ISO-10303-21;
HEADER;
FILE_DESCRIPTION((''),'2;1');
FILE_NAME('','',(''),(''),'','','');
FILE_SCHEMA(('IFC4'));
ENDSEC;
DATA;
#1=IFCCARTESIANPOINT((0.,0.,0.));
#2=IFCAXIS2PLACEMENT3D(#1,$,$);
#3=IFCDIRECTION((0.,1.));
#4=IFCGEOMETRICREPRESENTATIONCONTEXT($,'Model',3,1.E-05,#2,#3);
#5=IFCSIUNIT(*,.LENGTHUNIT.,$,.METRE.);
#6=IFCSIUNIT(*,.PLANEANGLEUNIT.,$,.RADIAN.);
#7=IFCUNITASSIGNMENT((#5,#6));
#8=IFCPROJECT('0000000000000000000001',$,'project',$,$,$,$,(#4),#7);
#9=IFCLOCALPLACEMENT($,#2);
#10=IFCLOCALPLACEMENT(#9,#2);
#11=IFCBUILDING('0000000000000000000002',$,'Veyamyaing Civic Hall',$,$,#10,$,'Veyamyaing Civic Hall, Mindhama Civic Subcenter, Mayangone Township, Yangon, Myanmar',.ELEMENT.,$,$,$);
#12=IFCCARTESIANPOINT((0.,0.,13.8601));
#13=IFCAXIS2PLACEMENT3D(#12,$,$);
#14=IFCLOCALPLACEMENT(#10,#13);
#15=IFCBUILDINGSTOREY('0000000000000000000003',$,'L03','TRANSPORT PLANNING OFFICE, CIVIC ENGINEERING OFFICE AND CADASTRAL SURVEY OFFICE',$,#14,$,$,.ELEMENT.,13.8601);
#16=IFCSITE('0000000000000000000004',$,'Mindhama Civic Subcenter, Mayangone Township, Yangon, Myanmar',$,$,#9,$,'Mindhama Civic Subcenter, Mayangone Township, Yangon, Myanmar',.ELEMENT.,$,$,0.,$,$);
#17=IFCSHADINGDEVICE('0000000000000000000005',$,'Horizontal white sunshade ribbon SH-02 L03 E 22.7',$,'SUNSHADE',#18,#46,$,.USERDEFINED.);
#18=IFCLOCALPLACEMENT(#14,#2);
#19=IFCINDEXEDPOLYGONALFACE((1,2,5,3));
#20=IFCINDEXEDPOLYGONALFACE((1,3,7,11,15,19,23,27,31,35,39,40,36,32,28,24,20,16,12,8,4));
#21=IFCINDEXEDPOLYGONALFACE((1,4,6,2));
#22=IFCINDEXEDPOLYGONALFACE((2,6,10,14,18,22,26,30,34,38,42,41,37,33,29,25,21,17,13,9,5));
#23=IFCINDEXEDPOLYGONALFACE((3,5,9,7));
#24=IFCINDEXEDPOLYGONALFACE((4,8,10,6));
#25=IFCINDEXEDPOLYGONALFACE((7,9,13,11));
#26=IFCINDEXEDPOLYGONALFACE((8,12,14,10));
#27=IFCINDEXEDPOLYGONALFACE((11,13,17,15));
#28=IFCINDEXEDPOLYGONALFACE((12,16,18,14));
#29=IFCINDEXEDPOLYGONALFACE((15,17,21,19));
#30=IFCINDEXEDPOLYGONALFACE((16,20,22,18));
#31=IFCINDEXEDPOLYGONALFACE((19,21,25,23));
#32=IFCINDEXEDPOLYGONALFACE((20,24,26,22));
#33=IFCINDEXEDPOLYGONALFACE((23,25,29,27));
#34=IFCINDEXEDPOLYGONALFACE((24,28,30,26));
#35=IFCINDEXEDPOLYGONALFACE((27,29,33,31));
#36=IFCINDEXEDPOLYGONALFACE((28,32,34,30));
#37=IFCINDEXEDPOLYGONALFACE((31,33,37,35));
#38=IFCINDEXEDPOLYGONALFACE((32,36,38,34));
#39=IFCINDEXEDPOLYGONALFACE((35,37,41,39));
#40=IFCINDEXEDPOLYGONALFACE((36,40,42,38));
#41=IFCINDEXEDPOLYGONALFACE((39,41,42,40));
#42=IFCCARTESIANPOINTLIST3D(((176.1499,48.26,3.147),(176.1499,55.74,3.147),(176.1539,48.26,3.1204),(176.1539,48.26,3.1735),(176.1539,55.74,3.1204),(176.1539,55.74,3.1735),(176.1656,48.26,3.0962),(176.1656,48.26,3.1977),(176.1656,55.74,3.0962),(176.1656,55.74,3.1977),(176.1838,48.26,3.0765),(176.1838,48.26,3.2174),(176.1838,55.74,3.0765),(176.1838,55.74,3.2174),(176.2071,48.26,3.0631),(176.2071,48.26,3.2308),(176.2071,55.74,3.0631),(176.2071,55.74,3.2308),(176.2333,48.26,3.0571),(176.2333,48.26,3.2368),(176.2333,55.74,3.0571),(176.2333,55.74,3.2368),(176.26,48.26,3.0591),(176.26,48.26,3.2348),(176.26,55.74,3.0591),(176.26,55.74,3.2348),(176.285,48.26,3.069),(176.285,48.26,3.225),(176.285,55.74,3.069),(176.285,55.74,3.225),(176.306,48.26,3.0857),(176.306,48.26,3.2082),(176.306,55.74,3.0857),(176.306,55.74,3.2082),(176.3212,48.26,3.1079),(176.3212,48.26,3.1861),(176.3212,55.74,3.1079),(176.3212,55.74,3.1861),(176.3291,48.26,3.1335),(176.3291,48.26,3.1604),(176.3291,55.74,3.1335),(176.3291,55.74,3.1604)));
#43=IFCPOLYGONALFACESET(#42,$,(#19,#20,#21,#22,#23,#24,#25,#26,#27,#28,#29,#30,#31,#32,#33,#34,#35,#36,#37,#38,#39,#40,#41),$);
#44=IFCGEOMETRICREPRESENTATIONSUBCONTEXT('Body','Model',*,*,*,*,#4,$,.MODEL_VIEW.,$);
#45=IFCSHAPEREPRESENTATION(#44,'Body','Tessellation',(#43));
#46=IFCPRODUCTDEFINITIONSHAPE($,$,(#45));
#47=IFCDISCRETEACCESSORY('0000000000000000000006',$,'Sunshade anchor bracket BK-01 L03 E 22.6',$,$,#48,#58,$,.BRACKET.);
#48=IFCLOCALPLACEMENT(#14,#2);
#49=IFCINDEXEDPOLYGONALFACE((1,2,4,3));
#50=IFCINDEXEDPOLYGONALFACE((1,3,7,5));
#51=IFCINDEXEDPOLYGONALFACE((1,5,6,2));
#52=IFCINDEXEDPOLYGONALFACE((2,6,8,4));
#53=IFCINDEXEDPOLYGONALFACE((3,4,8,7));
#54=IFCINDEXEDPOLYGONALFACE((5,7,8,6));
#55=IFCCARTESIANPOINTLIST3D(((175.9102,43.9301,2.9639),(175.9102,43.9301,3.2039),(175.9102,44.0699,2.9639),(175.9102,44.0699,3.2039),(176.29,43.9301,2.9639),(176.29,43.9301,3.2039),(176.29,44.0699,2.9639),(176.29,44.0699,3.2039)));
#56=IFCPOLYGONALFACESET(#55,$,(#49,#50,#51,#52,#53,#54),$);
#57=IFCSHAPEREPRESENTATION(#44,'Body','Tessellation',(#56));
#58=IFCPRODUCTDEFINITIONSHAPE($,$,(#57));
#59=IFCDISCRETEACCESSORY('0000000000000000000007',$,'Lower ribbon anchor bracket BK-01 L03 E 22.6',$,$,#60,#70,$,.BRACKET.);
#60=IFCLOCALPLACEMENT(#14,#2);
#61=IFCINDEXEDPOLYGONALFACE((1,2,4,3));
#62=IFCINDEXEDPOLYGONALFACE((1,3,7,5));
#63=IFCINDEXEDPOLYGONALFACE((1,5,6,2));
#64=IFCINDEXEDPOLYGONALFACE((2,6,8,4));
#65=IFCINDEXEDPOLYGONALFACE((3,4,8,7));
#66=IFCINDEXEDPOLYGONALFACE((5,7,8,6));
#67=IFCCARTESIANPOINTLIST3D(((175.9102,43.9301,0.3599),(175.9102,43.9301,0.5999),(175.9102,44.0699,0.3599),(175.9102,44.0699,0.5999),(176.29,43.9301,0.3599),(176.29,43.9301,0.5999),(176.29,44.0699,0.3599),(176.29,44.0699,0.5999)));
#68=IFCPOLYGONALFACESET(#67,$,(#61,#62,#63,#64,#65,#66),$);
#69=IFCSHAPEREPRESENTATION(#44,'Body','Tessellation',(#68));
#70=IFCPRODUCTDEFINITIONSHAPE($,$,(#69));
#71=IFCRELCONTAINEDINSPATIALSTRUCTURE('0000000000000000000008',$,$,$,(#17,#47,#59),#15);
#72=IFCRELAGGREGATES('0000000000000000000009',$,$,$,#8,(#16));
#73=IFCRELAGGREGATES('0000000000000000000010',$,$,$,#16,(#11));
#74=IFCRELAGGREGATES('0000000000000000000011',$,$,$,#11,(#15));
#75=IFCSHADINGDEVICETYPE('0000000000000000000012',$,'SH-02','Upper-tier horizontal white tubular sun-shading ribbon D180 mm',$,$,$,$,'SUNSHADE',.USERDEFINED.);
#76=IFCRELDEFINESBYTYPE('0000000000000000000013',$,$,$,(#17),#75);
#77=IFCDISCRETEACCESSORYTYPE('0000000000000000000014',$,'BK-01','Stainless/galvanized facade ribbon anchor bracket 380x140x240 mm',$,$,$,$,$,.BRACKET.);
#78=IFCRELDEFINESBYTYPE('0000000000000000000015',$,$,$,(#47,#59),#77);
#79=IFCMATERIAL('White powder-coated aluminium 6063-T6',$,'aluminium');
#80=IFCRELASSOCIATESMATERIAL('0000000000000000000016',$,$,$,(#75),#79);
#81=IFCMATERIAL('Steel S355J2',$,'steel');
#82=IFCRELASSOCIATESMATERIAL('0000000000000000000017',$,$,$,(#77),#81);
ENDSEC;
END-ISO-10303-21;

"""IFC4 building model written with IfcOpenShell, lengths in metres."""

from ifc_helpers import new_model, si_unit, direction, frame, origin, origin_2d, place, context, subcontext, project, spatial, rectangle, circle, extrude, material, material_profile, profile_set, type_object, element, save


model = new_model("IFC4")

# Units and contexts
model_context = context("Model", 3, precision=1e-05, world=origin(), true_north=direction((0.0, 1.0)))
body_context = subcontext(model_context, "Body", "Model", "MODEL_VIEW")
ifc_project = project(units=[si_unit("LENGTHUNIT", "METRE"), si_unit("PLANEANGLEUNIT", "RADIAN")], contexts=[model_context])

# Site, building, storey
site_placement = place(None, origin())
site = spatial("IfcSite", under=ifc_project, at=site_placement, Name="Mindhama Civic Subcenter, Mayangone Township, Yangon, Myanmar", LongName="Mindhama Civic Subcenter, Mayangone Township, Yangon, Myanmar", CompositionType="ELEMENT", RefElevation=0.0)
building_placement = place(site_placement, origin())
building = spatial("IfcBuilding", under=site, at=building_placement, Name="Veyamyaing Civic Hall", LongName="Veyamyaing Civic Hall, Mindhama Civic Subcenter, Mayangone Township, Yangon, Myanmar", CompositionType="ELEMENT")
storey_placement = place(building_placement, frame((0.0, 0.0, 13.8601)))
storey = spatial("IfcBuildingStorey", under=building, at=storey_placement, Name="L03", Description="TRANSPORT PLANNING OFFICE, CIVIC ENGINEERING OFFICE AND CADASTRAL SURVEY OFFICE", CompositionType="ELEMENT", Elevation=13.8601)

# Shared definitions
ifc_material_1 = material(Name="Steel S355J2", Category="steel")

# Shared definitions
ifc_material_2 = material(Name="White powder-coated aluminium 6063-T6", Category="aluminium")

# Shading device
ifc_material_profile_1 = material_profile(ifc_material_2, circle(Radius=0.0901, at=origin_2d()), Name="SHADE-TUBE-180")
ifc_profile_set_1 = profile_set([ifc_material_profile_1], Name="White powder-coated aluminium 6063-T6")
shading_device_type_1 = type_object("IfcShadingDeviceType", Name="SH-02", Description="Upper-tier horizontal white tubular sun-shading ribbon D180 mm", ElementType="SUNSHADE", PredefinedType="USERDEFINED", material=ifc_profile_set_1)
for number, where, z_axis, x_axis, name in (
    (1, (176.24, 48.26, 3.147), (0.0, 1.0, 0.0), (-1.0, 0.0, 0.0), "Horizontal white sunshade ribbon SH-02 L03 E 22.7"),
):
    element("IfcShadingDevice", number, at=place(storey_placement, frame(where, z_axis=z_axis, x_axis=x_axis)), inside=storey, type_object=shading_device_type_1, Name=name, ObjectType="SUNSHADE", PredefinedType="USERDEFINED", context=body_context, shape_type="SweptSolid", body=[
        extrude(circle(Radius=0.0901, at=origin_2d()), origin(), (0.0, 0.0, 1.0), 7.48),
    ])

# Discrete accessories
discrete_accessory_type = type_object("IfcDiscreteAccessoryType", Name="BK-01", Description="Stainless/galvanized facade ribbon anchor bracket 380x140x240 mm", PredefinedType="BRACKET", material=ifc_material_1)
for number, where, z_axis, x_axis, name in (
    (2, (176.1001, 44.0, 2.9639), (0.0, 0.0, 1.0), (1.0, 0.0, 0.0), "Sunshade anchor bracket BK-01 L03 E 22.6"),
    (3, (176.1001, 44.0, 0.3599), (0.0, 0.0, 1.0), (1.0, 0.0, 0.0), "Lower ribbon anchor bracket BK-01 L03 E 22.6"),
):
    element("IfcDiscreteAccessory", number, at=place(storey_placement, frame(where, z_axis=z_axis, x_axis=x_axis)), inside=storey, type_object=discrete_accessory_type, Name=name, PredefinedType="BRACKET", context=body_context, shape_type="SweptSolid", body=[
        extrude(rectangle(XDim=0.3799, YDim=0.1399, at=origin_2d()), origin(), (0.0, 0.0, 1.0), 0.24),
    ])

save(model, "model.ifc")
